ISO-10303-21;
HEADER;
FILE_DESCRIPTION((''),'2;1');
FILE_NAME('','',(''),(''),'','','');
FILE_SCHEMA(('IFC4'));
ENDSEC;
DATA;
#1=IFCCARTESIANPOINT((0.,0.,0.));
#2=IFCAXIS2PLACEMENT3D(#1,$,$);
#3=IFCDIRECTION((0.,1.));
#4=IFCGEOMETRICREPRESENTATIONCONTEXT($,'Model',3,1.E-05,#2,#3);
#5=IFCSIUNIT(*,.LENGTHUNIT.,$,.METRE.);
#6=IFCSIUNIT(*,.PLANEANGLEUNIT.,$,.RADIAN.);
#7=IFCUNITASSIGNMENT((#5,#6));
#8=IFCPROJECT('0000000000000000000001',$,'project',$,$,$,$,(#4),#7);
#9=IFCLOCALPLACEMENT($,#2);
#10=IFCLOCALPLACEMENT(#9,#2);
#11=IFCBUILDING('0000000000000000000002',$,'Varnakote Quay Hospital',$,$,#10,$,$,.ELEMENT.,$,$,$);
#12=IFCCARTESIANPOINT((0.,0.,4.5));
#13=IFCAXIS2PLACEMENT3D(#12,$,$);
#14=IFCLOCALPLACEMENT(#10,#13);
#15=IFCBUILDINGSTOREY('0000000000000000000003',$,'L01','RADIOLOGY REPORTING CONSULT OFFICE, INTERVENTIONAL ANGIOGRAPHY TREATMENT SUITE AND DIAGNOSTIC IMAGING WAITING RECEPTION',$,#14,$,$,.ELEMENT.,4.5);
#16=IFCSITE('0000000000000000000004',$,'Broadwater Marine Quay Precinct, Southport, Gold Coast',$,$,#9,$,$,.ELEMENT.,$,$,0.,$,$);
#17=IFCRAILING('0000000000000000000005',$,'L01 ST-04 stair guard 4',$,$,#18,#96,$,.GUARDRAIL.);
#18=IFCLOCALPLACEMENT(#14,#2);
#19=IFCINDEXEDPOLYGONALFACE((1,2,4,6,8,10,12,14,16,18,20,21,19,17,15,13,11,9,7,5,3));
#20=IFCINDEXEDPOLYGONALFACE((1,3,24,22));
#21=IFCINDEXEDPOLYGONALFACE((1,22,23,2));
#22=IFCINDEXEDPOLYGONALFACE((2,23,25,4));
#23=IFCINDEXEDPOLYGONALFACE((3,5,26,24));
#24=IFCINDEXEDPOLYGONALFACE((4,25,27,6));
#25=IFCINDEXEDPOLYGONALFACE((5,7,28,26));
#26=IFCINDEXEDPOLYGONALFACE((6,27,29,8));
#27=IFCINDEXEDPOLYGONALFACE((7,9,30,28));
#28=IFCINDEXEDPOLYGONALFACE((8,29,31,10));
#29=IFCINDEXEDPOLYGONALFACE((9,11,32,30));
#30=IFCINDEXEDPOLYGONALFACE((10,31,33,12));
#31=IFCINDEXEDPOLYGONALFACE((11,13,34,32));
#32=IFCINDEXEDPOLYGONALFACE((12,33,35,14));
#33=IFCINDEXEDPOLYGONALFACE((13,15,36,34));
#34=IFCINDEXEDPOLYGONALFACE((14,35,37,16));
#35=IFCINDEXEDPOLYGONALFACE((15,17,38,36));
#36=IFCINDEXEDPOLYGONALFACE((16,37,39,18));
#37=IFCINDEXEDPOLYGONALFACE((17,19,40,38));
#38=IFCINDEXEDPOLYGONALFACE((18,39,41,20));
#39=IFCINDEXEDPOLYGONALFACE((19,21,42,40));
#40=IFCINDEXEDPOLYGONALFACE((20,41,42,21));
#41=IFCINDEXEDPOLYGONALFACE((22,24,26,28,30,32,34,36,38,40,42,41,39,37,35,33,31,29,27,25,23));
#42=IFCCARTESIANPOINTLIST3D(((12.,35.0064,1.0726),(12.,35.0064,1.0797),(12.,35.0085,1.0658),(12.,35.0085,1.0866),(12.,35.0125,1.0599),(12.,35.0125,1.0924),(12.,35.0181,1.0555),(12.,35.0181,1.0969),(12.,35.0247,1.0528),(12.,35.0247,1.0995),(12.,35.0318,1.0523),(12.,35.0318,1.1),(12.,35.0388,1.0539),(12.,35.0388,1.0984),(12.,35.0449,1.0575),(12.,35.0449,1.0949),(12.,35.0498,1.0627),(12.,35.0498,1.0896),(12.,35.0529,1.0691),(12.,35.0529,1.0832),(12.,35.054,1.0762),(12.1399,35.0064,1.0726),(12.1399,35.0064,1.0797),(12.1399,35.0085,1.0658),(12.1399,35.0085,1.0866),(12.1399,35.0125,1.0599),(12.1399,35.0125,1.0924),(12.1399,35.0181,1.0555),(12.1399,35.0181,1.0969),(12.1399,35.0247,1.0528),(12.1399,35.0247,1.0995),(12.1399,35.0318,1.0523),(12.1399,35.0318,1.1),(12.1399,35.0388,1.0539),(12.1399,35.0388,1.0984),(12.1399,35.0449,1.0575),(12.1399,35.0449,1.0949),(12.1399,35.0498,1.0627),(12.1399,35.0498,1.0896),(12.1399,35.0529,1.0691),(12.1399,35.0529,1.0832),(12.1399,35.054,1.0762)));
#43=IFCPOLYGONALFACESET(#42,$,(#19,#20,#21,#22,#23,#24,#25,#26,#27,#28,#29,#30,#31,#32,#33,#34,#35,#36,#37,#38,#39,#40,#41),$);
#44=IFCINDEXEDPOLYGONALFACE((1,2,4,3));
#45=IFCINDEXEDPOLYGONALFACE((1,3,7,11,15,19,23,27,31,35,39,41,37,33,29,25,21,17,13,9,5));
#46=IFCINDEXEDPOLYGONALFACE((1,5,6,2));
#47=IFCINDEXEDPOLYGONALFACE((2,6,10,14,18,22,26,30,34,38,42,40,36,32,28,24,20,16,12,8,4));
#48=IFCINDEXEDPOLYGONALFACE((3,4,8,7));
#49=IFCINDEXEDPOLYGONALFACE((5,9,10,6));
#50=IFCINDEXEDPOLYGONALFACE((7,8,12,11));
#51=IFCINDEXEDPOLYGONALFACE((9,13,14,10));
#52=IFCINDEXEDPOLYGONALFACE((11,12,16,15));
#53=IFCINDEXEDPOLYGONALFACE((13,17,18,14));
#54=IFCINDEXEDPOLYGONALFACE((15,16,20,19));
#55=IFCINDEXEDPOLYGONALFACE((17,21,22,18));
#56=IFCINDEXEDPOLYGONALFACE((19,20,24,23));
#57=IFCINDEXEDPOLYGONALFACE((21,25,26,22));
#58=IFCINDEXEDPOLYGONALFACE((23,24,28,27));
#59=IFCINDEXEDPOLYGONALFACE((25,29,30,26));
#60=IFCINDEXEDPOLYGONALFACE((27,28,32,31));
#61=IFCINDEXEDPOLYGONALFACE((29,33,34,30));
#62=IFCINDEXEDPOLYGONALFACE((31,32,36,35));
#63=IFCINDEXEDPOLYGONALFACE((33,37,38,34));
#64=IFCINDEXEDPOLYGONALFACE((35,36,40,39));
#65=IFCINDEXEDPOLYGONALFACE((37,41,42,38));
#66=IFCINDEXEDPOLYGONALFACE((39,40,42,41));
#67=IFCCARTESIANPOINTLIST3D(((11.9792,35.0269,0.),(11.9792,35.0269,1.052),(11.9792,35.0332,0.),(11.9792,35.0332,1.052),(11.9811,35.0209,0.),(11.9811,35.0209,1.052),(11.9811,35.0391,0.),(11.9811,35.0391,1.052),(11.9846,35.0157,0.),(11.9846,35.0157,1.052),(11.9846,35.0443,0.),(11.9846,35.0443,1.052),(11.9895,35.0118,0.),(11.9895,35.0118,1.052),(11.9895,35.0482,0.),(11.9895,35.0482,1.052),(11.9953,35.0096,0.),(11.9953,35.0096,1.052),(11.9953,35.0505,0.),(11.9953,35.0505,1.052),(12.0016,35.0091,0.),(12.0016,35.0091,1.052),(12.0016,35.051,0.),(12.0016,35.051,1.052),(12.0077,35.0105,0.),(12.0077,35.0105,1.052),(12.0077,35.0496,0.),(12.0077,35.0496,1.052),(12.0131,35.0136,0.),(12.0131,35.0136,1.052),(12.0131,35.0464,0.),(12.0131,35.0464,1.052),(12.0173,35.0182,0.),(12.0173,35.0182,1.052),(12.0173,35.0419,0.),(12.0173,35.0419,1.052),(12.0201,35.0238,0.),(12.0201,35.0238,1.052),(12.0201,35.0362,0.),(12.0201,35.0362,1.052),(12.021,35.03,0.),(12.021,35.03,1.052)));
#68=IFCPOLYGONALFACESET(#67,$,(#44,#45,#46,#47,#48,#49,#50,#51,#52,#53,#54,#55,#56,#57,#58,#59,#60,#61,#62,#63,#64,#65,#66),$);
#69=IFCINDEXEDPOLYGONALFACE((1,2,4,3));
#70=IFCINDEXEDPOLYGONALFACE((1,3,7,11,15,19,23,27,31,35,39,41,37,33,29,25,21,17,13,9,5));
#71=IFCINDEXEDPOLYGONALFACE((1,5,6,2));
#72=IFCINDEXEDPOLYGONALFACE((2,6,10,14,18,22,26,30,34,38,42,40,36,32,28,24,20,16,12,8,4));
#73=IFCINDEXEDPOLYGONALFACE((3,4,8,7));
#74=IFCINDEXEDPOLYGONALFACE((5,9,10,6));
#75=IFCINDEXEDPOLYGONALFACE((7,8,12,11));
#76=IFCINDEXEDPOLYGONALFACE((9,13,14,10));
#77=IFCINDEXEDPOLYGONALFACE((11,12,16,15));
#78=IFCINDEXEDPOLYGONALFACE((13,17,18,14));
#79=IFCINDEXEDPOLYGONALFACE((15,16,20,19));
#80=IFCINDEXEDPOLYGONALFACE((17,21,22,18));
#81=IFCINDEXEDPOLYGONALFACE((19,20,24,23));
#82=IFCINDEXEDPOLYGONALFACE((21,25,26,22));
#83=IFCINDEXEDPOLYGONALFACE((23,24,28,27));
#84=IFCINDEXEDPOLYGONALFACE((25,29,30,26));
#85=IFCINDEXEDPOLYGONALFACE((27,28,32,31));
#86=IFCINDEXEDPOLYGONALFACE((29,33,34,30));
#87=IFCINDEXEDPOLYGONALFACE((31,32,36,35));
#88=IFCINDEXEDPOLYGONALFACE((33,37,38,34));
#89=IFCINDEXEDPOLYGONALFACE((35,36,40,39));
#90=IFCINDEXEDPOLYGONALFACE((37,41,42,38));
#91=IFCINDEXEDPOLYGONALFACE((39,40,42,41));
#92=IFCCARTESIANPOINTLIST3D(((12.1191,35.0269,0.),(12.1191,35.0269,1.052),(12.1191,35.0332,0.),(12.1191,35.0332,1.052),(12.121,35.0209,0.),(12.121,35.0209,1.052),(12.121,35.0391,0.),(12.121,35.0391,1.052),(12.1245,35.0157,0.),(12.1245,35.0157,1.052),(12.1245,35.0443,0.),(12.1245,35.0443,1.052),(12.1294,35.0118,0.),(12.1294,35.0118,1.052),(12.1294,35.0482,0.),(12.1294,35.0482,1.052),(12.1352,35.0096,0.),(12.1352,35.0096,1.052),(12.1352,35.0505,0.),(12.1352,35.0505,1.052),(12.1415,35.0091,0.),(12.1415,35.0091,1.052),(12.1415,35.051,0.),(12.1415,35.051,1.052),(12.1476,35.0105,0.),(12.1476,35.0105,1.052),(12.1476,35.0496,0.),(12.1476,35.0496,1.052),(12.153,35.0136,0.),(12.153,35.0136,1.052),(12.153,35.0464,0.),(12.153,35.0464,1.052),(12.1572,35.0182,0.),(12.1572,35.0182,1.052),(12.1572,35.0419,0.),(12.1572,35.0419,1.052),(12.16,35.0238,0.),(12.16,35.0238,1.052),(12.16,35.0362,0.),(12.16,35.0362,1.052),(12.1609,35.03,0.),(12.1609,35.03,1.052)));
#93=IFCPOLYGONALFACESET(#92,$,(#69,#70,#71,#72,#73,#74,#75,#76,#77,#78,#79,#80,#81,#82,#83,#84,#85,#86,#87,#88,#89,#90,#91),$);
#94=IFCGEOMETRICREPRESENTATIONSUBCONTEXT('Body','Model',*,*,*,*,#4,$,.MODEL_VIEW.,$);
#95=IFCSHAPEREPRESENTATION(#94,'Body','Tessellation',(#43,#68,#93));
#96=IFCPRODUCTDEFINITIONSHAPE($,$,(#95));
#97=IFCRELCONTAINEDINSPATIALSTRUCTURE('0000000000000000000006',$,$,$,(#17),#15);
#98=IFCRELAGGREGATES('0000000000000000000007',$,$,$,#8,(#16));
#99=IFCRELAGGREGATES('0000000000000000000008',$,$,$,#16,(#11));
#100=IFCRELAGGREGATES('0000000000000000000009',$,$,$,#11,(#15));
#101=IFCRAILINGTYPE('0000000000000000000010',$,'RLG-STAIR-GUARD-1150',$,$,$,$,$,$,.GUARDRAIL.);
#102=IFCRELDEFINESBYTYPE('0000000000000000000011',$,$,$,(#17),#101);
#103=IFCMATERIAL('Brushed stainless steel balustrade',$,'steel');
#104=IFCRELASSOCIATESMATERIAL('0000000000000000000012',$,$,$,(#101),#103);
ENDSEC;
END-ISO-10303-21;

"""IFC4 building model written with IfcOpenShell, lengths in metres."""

from ifc_helpers import new_model, si_unit, direction, frame, origin, origin_2d, place, context, subcontext, project, spatial, circle, extrude, material, type_object, element, save


model = new_model("IFC4")

# Units and contexts
model_context = context("Model", 3, precision=1e-05, world=origin(), true_north=direction((0.0, 1.0)))
body_context = subcontext(model_context, "Body", "Model", "MODEL_VIEW")
ifc_project = project(units=[si_unit("LENGTHUNIT", "METRE"), si_unit("PLANEANGLEUNIT", "RADIAN")], contexts=[model_context])

# Site, building, storey
site_placement = place(None, origin())
site = spatial("IfcSite", under=ifc_project, at=site_placement, Name="Broadwater Marine Quay Precinct, Southport, Gold Coast", CompositionType="ELEMENT", RefElevation=0.0)
building_placement = place(site_placement, origin())
building = spatial("IfcBuilding", under=site, at=building_placement, Name="Varnakote Quay Hospital", CompositionType="ELEMENT")
storey_placement = place(building_placement, frame((0.0, 0.0, 4.5)))
storey = spatial("IfcBuildingStorey", under=building, at=storey_placement, Name="L01", Description="RADIOLOGY REPORTING CONSULT OFFICE, INTERVENTIONAL ANGIOGRAPHY TREATMENT SUITE AND DIAGNOSTIC IMAGING WAITING RECEPTION", CompositionType="ELEMENT", Elevation=4.5)

# Railing
ifc_material_1 = material(Name="Brushed stainless steel balustrade", Category="steel")
railing_type_1 = type_object("IfcRailingType", Name="RLG-STAIR-GUARD-1150", PredefinedType="GUARDRAIL", material=ifc_material_1)
railing_1_placement = place(storey_placement, frame((12.0, 35.03, 0.0)))
element("IfcRailing", 1, at=railing_1_placement, inside=storey, type_object=railing_type_1, Name="L01 ST-04 stair guard 4", PredefinedType="GUARDRAIL", context=body_context, shape_type="SweptSolid", body=[
    extrude(circle(Radius=0.0239, at=origin_2d()), frame((0.0, 0.0, 1.0762), z_axis=(1.0, 0.0, 0.0), x_axis=(0.0, 1.0, 0.0)), (0.0, 0.0, 1.0), 0.1399),
    extrude(circle(Radius=0.021, at=origin_2d()), origin(), (0.0, 0.0, 1.0), 1.052),
    extrude(circle(Radius=0.021, at=origin_2d()), frame((0.1399, 0.0, 0.0)), (0.0, 0.0, 1.0), 1.052),
])

save(model, "model.ifc")
